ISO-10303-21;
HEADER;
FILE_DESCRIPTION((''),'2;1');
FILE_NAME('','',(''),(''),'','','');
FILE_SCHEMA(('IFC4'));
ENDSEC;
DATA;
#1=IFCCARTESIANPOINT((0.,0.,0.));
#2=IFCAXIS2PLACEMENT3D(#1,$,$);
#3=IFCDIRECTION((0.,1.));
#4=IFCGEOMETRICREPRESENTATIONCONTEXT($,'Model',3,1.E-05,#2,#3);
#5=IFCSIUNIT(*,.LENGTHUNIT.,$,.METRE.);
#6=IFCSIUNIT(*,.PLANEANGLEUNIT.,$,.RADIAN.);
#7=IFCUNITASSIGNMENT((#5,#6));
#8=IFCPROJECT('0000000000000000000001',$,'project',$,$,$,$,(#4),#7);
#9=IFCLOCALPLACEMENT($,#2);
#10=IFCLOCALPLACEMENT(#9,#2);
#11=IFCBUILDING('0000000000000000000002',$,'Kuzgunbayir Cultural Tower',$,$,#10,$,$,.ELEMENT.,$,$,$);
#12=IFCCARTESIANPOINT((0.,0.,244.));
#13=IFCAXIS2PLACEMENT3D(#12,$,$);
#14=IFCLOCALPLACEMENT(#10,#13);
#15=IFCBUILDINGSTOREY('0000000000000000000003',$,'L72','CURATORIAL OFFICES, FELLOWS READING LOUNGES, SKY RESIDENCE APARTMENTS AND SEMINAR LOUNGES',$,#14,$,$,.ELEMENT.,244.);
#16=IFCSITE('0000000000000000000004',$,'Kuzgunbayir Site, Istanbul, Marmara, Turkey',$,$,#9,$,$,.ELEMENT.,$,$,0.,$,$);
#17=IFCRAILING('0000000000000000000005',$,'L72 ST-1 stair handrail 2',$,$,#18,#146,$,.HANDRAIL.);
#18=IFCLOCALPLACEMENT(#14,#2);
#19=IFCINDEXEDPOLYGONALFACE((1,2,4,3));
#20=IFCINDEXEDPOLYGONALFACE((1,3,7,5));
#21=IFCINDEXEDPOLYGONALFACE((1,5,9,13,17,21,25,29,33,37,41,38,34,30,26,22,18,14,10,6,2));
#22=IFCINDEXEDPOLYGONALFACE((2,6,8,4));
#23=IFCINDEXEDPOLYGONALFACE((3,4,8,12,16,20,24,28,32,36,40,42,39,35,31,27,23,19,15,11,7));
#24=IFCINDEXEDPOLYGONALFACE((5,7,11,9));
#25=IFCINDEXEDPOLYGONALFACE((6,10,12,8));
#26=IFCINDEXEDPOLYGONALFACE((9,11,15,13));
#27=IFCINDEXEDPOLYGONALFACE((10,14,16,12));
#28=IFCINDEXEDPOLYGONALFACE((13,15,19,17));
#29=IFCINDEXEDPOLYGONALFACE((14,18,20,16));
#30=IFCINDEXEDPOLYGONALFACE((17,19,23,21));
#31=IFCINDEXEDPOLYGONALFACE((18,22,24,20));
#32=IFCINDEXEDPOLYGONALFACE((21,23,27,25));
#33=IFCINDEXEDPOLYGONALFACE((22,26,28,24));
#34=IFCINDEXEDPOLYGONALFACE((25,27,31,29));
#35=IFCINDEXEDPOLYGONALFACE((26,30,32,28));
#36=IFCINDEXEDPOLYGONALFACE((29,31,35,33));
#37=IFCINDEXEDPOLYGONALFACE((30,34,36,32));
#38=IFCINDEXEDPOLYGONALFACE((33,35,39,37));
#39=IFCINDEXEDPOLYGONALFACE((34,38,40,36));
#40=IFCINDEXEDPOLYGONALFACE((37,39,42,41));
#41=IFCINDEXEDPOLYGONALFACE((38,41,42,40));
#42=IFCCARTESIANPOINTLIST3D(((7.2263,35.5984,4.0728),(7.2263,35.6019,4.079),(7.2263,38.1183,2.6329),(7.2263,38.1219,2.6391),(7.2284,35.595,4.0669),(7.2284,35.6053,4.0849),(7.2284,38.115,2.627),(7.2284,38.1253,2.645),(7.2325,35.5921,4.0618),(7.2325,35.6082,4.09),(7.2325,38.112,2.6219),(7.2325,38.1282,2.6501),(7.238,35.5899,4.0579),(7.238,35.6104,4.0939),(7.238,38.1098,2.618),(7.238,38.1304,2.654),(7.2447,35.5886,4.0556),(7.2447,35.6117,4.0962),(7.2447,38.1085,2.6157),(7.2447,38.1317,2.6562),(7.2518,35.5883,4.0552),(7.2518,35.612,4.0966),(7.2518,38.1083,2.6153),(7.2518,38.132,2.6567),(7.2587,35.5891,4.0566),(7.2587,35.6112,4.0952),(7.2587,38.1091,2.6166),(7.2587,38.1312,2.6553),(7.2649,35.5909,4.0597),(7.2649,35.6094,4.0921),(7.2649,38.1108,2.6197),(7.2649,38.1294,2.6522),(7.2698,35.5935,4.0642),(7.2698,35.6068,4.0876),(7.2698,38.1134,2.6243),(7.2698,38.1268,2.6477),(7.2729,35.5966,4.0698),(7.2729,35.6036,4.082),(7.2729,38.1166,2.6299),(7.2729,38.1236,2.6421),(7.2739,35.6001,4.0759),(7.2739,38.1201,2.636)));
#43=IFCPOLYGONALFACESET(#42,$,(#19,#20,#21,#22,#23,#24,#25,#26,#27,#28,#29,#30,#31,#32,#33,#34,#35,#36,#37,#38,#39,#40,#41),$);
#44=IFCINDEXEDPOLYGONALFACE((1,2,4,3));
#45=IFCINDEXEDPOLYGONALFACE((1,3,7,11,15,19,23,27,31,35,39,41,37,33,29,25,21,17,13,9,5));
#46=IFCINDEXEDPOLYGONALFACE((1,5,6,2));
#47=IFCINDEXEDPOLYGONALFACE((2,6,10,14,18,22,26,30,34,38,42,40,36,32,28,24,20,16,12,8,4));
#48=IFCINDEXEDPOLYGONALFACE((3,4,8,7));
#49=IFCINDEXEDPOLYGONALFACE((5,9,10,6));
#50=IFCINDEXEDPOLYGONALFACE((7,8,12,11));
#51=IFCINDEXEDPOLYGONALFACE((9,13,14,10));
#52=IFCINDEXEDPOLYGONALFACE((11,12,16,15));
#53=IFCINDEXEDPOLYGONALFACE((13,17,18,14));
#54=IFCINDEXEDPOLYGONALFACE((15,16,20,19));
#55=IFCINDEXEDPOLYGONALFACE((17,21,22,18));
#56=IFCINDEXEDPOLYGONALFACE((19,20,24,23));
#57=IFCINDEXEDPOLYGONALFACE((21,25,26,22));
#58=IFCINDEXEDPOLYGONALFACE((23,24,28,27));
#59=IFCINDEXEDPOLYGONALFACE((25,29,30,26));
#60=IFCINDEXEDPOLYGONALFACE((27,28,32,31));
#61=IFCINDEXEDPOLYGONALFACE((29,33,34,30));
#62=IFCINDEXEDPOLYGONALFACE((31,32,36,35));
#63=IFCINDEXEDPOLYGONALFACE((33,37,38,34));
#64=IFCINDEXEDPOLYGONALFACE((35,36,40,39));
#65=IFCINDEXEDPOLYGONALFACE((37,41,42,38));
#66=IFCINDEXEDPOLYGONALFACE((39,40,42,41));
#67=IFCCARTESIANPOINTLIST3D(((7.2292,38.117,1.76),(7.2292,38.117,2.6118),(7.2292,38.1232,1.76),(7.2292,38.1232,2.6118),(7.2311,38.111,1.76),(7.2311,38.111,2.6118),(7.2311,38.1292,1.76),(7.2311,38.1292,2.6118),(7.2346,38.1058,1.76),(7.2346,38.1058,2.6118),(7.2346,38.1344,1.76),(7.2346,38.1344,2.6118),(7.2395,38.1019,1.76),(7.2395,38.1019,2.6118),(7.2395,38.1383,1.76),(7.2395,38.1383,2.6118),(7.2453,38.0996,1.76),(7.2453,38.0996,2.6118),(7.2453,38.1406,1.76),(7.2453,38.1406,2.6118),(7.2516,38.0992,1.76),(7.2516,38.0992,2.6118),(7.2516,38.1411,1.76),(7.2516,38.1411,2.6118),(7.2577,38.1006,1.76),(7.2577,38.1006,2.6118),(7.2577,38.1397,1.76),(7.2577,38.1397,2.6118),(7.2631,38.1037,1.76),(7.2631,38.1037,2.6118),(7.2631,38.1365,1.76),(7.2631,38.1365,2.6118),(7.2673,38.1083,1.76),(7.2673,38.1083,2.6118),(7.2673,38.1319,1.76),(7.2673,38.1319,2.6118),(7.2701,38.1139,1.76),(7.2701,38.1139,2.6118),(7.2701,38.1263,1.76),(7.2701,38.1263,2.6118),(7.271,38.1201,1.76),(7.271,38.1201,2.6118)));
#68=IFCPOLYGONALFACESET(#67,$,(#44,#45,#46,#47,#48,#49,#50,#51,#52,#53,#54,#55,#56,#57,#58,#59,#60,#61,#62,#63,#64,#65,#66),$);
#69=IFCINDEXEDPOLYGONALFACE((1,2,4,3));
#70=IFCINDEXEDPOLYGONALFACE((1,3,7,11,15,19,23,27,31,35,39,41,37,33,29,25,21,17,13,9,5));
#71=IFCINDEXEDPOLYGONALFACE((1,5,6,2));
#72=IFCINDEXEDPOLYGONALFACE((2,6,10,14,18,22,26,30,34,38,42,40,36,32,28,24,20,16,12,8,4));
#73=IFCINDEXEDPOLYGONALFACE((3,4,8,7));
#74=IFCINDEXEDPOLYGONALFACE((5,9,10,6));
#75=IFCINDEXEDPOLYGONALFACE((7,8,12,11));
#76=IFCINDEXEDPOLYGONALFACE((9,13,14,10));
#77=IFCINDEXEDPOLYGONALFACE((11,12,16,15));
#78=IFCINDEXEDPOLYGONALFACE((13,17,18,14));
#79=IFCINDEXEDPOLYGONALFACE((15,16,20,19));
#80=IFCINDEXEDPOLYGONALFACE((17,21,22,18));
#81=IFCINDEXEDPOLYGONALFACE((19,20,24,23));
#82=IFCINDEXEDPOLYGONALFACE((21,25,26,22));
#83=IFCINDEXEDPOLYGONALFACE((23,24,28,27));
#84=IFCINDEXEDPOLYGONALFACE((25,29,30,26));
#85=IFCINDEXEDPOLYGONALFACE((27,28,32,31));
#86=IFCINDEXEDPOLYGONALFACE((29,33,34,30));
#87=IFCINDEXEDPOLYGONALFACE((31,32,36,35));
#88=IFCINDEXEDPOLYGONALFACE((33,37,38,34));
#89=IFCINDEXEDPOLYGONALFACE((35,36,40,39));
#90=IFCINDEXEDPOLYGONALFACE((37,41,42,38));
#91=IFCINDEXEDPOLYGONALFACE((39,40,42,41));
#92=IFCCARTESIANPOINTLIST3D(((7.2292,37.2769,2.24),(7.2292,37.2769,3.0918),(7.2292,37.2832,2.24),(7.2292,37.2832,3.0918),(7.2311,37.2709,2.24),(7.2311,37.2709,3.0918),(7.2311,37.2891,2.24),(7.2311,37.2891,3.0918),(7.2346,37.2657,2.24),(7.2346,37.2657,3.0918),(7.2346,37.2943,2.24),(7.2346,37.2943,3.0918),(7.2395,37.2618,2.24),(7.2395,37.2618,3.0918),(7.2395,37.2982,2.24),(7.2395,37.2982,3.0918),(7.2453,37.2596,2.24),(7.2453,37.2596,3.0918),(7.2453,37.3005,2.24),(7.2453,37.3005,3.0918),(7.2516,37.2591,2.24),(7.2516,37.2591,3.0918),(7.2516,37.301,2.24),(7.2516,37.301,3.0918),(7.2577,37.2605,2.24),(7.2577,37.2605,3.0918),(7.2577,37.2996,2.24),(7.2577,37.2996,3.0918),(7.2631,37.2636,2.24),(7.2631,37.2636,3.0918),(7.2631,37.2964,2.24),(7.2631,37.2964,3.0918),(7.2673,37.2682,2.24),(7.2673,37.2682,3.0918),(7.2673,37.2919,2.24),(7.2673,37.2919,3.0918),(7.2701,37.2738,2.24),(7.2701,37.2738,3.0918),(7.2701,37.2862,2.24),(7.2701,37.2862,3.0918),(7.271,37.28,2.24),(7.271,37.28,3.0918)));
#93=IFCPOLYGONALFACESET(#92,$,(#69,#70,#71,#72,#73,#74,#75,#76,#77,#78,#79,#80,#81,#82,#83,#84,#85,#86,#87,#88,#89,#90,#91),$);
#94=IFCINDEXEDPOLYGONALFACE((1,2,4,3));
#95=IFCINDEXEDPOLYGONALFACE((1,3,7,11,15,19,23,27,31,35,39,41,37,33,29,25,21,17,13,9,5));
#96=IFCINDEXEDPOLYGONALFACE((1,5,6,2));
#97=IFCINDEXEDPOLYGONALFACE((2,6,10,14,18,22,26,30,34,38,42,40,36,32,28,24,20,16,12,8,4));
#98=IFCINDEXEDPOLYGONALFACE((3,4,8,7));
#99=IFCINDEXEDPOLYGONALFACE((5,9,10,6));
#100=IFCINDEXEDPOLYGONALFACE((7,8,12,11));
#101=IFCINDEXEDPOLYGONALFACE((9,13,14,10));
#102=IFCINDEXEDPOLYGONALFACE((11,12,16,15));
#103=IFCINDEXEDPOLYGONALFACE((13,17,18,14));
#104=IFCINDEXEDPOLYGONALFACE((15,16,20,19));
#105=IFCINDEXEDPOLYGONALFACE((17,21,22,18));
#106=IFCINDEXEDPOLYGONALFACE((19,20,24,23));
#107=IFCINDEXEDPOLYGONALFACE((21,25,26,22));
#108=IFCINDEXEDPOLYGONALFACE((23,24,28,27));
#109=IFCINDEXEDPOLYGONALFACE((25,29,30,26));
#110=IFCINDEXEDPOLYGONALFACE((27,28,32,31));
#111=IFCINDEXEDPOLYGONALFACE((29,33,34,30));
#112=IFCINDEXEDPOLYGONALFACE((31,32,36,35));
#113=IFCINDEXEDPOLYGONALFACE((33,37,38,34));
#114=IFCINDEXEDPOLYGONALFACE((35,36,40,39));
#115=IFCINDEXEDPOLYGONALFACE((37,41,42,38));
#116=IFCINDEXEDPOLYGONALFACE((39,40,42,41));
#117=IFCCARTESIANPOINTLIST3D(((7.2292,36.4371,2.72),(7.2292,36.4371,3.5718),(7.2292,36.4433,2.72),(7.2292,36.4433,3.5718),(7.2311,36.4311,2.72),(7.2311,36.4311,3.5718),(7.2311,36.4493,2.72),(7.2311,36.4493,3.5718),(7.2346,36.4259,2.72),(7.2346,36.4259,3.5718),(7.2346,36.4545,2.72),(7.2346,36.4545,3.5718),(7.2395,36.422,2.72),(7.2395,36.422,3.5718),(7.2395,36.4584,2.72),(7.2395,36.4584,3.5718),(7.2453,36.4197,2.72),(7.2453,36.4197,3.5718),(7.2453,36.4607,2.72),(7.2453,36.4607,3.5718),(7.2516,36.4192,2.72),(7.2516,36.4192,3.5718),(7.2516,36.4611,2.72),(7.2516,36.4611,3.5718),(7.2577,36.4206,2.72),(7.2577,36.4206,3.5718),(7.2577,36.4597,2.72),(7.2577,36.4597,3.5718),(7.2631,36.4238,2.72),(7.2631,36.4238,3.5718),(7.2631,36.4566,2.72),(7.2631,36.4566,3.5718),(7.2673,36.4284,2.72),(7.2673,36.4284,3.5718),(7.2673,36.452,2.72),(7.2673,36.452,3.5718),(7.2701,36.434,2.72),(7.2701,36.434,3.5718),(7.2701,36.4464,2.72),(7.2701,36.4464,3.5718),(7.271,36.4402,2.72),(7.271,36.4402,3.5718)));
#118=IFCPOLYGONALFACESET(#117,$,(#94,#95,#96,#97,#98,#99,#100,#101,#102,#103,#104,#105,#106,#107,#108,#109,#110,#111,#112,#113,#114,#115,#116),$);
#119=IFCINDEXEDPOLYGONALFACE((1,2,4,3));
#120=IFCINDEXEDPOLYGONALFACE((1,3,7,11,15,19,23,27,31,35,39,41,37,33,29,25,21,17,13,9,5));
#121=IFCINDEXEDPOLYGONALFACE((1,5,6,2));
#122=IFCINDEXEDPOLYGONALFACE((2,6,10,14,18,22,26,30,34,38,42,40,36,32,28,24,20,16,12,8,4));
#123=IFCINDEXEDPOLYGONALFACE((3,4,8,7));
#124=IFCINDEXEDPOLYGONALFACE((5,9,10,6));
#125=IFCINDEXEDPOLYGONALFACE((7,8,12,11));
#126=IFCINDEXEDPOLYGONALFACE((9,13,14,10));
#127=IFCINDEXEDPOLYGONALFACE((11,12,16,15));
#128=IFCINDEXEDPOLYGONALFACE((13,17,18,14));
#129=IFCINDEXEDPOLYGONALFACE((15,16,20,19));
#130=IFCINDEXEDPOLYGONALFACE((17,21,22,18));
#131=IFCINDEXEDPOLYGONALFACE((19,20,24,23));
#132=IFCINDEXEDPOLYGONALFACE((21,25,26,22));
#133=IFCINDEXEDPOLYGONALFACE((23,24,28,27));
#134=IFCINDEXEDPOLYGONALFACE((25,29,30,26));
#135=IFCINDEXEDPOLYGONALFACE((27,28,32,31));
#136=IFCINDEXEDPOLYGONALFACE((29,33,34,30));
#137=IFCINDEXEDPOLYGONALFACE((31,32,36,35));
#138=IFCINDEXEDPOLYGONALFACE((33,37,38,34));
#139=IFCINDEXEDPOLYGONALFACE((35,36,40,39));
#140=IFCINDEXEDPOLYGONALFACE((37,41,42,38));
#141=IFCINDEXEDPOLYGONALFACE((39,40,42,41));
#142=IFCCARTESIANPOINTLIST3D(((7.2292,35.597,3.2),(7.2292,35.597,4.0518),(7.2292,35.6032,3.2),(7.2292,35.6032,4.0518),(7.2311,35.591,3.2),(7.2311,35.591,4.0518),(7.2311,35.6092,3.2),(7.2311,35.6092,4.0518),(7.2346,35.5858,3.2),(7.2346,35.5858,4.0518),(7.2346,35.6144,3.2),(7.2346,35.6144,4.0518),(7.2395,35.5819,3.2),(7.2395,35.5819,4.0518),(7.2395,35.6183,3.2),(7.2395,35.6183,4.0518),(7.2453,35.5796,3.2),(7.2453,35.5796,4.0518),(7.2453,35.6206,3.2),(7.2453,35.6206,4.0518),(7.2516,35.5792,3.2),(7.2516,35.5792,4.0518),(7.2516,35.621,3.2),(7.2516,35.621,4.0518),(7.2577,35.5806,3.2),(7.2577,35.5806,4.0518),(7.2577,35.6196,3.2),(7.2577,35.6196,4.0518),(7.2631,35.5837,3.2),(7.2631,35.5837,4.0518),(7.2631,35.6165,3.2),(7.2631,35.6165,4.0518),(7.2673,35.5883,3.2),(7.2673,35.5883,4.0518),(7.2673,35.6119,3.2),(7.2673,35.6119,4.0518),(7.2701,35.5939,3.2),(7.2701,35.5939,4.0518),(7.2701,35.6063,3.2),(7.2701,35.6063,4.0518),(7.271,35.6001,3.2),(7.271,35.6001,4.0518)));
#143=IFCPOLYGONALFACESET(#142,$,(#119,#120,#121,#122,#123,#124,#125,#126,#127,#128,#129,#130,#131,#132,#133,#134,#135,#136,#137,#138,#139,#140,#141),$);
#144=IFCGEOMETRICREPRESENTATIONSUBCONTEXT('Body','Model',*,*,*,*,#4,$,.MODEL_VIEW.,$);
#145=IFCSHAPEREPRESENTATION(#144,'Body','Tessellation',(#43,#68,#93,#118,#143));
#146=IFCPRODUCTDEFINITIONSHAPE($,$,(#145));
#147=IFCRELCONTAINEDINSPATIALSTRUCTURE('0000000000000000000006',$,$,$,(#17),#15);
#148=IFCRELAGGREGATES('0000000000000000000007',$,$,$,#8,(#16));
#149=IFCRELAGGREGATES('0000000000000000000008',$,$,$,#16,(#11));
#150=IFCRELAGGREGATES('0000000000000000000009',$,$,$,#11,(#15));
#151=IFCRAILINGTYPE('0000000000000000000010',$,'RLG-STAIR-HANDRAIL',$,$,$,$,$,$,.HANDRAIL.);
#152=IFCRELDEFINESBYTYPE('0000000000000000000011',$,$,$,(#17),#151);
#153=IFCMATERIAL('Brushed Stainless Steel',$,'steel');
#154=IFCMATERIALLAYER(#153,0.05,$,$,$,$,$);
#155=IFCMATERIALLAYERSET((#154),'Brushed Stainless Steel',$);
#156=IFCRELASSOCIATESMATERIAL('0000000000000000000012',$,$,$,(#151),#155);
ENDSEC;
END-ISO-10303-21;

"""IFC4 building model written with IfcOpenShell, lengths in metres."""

from ifc_helpers import new_model, si_unit, direction, frame, origin, origin_2d, place, context, subcontext, project, spatial, circle, extrude, material, layer, layer_set, type_object, element, save


model = new_model("IFC4")

# Units and contexts
model_context = context("Model", 3, precision=1e-05, world=origin(), true_north=direction((0.0, 1.0)))
body_context = subcontext(model_context, "Body", "Model", "MODEL_VIEW")
ifc_project = project(units=[si_unit("LENGTHUNIT", "METRE"), si_unit("PLANEANGLEUNIT", "RADIAN")], contexts=[model_context])

# Site, building, storey
site_placement = place(None, origin())
site = spatial("IfcSite", under=ifc_project, at=site_placement, Name="Kuzgunbayir Site, Istanbul, Marmara, Turkey", CompositionType="ELEMENT", RefElevation=0.0)
building_placement = place(site_placement, origin())
building = spatial("IfcBuilding", under=site, at=building_placement, Name="Kuzgunbayir Cultural Tower", CompositionType="ELEMENT")
storey_placement = place(building_placement, frame((0.0, 0.0, 244.0)))
storey = spatial("IfcBuildingStorey", under=building, at=storey_placement, Name="L72", Description="CURATORIAL OFFICES, FELLOWS READING LOUNGES, SKY RESIDENCE APARTMENTS AND SEMINAR LOUNGES", CompositionType="ELEMENT", Elevation=244.0)

# Shared definitions
ifc_material_1 = material(Name="Brushed Stainless Steel", Category="steel")

# Railing
ifc_layer_1 = layer(ifc_material_1, 0.05)
ifc_layer_set_1 = layer_set([ifc_layer_1], Name="Brushed Stainless Steel")
railing_type_1 = type_object("IfcRailingType", Name="RLG-STAIR-HANDRAIL", PredefinedType="HANDRAIL", material=ifc_layer_set_1)
railing_1_placement = place(storey_placement, frame((7.25, 38.1201, 1.76)))
element("IfcRailing", 1, at=railing_1_placement, inside=storey, type_object=railing_type_1, Name="L72 ST-1 stair handrail 2", PredefinedType="HANDRAIL", context=body_context, shape_type="SweptSolid", body=[
    extrude(circle(Radius=0.0239, at=origin_2d()), frame((0.0, 0.0, 0.876), z_axis=(0.0, -0.868253, 0.496121), x_axis=(1.0, 0.0, 0.0)), (0.0, 0.0, 1.0), 2.9023),
    extrude(circle(Radius=0.021, at=origin_2d()), origin(), (0.0, 0.0, 1.0), 0.8518),
    extrude(circle(Radius=0.021, at=origin_2d()), frame((0.0, -0.8401, 0.48)), (0.0, 0.0, 1.0), 0.8518),
    extrude(circle(Radius=0.021, at=origin_2d()), frame((0.0, -1.6799, 0.96)), (0.0, 0.0, 1.0), 0.8518),
    extrude(circle(Radius=0.021, at=origin_2d()), frame((0.0, -2.52, 1.4399)), (0.0, 0.0, 1.0), 0.8518),
])

save(model, "model.ifc")
